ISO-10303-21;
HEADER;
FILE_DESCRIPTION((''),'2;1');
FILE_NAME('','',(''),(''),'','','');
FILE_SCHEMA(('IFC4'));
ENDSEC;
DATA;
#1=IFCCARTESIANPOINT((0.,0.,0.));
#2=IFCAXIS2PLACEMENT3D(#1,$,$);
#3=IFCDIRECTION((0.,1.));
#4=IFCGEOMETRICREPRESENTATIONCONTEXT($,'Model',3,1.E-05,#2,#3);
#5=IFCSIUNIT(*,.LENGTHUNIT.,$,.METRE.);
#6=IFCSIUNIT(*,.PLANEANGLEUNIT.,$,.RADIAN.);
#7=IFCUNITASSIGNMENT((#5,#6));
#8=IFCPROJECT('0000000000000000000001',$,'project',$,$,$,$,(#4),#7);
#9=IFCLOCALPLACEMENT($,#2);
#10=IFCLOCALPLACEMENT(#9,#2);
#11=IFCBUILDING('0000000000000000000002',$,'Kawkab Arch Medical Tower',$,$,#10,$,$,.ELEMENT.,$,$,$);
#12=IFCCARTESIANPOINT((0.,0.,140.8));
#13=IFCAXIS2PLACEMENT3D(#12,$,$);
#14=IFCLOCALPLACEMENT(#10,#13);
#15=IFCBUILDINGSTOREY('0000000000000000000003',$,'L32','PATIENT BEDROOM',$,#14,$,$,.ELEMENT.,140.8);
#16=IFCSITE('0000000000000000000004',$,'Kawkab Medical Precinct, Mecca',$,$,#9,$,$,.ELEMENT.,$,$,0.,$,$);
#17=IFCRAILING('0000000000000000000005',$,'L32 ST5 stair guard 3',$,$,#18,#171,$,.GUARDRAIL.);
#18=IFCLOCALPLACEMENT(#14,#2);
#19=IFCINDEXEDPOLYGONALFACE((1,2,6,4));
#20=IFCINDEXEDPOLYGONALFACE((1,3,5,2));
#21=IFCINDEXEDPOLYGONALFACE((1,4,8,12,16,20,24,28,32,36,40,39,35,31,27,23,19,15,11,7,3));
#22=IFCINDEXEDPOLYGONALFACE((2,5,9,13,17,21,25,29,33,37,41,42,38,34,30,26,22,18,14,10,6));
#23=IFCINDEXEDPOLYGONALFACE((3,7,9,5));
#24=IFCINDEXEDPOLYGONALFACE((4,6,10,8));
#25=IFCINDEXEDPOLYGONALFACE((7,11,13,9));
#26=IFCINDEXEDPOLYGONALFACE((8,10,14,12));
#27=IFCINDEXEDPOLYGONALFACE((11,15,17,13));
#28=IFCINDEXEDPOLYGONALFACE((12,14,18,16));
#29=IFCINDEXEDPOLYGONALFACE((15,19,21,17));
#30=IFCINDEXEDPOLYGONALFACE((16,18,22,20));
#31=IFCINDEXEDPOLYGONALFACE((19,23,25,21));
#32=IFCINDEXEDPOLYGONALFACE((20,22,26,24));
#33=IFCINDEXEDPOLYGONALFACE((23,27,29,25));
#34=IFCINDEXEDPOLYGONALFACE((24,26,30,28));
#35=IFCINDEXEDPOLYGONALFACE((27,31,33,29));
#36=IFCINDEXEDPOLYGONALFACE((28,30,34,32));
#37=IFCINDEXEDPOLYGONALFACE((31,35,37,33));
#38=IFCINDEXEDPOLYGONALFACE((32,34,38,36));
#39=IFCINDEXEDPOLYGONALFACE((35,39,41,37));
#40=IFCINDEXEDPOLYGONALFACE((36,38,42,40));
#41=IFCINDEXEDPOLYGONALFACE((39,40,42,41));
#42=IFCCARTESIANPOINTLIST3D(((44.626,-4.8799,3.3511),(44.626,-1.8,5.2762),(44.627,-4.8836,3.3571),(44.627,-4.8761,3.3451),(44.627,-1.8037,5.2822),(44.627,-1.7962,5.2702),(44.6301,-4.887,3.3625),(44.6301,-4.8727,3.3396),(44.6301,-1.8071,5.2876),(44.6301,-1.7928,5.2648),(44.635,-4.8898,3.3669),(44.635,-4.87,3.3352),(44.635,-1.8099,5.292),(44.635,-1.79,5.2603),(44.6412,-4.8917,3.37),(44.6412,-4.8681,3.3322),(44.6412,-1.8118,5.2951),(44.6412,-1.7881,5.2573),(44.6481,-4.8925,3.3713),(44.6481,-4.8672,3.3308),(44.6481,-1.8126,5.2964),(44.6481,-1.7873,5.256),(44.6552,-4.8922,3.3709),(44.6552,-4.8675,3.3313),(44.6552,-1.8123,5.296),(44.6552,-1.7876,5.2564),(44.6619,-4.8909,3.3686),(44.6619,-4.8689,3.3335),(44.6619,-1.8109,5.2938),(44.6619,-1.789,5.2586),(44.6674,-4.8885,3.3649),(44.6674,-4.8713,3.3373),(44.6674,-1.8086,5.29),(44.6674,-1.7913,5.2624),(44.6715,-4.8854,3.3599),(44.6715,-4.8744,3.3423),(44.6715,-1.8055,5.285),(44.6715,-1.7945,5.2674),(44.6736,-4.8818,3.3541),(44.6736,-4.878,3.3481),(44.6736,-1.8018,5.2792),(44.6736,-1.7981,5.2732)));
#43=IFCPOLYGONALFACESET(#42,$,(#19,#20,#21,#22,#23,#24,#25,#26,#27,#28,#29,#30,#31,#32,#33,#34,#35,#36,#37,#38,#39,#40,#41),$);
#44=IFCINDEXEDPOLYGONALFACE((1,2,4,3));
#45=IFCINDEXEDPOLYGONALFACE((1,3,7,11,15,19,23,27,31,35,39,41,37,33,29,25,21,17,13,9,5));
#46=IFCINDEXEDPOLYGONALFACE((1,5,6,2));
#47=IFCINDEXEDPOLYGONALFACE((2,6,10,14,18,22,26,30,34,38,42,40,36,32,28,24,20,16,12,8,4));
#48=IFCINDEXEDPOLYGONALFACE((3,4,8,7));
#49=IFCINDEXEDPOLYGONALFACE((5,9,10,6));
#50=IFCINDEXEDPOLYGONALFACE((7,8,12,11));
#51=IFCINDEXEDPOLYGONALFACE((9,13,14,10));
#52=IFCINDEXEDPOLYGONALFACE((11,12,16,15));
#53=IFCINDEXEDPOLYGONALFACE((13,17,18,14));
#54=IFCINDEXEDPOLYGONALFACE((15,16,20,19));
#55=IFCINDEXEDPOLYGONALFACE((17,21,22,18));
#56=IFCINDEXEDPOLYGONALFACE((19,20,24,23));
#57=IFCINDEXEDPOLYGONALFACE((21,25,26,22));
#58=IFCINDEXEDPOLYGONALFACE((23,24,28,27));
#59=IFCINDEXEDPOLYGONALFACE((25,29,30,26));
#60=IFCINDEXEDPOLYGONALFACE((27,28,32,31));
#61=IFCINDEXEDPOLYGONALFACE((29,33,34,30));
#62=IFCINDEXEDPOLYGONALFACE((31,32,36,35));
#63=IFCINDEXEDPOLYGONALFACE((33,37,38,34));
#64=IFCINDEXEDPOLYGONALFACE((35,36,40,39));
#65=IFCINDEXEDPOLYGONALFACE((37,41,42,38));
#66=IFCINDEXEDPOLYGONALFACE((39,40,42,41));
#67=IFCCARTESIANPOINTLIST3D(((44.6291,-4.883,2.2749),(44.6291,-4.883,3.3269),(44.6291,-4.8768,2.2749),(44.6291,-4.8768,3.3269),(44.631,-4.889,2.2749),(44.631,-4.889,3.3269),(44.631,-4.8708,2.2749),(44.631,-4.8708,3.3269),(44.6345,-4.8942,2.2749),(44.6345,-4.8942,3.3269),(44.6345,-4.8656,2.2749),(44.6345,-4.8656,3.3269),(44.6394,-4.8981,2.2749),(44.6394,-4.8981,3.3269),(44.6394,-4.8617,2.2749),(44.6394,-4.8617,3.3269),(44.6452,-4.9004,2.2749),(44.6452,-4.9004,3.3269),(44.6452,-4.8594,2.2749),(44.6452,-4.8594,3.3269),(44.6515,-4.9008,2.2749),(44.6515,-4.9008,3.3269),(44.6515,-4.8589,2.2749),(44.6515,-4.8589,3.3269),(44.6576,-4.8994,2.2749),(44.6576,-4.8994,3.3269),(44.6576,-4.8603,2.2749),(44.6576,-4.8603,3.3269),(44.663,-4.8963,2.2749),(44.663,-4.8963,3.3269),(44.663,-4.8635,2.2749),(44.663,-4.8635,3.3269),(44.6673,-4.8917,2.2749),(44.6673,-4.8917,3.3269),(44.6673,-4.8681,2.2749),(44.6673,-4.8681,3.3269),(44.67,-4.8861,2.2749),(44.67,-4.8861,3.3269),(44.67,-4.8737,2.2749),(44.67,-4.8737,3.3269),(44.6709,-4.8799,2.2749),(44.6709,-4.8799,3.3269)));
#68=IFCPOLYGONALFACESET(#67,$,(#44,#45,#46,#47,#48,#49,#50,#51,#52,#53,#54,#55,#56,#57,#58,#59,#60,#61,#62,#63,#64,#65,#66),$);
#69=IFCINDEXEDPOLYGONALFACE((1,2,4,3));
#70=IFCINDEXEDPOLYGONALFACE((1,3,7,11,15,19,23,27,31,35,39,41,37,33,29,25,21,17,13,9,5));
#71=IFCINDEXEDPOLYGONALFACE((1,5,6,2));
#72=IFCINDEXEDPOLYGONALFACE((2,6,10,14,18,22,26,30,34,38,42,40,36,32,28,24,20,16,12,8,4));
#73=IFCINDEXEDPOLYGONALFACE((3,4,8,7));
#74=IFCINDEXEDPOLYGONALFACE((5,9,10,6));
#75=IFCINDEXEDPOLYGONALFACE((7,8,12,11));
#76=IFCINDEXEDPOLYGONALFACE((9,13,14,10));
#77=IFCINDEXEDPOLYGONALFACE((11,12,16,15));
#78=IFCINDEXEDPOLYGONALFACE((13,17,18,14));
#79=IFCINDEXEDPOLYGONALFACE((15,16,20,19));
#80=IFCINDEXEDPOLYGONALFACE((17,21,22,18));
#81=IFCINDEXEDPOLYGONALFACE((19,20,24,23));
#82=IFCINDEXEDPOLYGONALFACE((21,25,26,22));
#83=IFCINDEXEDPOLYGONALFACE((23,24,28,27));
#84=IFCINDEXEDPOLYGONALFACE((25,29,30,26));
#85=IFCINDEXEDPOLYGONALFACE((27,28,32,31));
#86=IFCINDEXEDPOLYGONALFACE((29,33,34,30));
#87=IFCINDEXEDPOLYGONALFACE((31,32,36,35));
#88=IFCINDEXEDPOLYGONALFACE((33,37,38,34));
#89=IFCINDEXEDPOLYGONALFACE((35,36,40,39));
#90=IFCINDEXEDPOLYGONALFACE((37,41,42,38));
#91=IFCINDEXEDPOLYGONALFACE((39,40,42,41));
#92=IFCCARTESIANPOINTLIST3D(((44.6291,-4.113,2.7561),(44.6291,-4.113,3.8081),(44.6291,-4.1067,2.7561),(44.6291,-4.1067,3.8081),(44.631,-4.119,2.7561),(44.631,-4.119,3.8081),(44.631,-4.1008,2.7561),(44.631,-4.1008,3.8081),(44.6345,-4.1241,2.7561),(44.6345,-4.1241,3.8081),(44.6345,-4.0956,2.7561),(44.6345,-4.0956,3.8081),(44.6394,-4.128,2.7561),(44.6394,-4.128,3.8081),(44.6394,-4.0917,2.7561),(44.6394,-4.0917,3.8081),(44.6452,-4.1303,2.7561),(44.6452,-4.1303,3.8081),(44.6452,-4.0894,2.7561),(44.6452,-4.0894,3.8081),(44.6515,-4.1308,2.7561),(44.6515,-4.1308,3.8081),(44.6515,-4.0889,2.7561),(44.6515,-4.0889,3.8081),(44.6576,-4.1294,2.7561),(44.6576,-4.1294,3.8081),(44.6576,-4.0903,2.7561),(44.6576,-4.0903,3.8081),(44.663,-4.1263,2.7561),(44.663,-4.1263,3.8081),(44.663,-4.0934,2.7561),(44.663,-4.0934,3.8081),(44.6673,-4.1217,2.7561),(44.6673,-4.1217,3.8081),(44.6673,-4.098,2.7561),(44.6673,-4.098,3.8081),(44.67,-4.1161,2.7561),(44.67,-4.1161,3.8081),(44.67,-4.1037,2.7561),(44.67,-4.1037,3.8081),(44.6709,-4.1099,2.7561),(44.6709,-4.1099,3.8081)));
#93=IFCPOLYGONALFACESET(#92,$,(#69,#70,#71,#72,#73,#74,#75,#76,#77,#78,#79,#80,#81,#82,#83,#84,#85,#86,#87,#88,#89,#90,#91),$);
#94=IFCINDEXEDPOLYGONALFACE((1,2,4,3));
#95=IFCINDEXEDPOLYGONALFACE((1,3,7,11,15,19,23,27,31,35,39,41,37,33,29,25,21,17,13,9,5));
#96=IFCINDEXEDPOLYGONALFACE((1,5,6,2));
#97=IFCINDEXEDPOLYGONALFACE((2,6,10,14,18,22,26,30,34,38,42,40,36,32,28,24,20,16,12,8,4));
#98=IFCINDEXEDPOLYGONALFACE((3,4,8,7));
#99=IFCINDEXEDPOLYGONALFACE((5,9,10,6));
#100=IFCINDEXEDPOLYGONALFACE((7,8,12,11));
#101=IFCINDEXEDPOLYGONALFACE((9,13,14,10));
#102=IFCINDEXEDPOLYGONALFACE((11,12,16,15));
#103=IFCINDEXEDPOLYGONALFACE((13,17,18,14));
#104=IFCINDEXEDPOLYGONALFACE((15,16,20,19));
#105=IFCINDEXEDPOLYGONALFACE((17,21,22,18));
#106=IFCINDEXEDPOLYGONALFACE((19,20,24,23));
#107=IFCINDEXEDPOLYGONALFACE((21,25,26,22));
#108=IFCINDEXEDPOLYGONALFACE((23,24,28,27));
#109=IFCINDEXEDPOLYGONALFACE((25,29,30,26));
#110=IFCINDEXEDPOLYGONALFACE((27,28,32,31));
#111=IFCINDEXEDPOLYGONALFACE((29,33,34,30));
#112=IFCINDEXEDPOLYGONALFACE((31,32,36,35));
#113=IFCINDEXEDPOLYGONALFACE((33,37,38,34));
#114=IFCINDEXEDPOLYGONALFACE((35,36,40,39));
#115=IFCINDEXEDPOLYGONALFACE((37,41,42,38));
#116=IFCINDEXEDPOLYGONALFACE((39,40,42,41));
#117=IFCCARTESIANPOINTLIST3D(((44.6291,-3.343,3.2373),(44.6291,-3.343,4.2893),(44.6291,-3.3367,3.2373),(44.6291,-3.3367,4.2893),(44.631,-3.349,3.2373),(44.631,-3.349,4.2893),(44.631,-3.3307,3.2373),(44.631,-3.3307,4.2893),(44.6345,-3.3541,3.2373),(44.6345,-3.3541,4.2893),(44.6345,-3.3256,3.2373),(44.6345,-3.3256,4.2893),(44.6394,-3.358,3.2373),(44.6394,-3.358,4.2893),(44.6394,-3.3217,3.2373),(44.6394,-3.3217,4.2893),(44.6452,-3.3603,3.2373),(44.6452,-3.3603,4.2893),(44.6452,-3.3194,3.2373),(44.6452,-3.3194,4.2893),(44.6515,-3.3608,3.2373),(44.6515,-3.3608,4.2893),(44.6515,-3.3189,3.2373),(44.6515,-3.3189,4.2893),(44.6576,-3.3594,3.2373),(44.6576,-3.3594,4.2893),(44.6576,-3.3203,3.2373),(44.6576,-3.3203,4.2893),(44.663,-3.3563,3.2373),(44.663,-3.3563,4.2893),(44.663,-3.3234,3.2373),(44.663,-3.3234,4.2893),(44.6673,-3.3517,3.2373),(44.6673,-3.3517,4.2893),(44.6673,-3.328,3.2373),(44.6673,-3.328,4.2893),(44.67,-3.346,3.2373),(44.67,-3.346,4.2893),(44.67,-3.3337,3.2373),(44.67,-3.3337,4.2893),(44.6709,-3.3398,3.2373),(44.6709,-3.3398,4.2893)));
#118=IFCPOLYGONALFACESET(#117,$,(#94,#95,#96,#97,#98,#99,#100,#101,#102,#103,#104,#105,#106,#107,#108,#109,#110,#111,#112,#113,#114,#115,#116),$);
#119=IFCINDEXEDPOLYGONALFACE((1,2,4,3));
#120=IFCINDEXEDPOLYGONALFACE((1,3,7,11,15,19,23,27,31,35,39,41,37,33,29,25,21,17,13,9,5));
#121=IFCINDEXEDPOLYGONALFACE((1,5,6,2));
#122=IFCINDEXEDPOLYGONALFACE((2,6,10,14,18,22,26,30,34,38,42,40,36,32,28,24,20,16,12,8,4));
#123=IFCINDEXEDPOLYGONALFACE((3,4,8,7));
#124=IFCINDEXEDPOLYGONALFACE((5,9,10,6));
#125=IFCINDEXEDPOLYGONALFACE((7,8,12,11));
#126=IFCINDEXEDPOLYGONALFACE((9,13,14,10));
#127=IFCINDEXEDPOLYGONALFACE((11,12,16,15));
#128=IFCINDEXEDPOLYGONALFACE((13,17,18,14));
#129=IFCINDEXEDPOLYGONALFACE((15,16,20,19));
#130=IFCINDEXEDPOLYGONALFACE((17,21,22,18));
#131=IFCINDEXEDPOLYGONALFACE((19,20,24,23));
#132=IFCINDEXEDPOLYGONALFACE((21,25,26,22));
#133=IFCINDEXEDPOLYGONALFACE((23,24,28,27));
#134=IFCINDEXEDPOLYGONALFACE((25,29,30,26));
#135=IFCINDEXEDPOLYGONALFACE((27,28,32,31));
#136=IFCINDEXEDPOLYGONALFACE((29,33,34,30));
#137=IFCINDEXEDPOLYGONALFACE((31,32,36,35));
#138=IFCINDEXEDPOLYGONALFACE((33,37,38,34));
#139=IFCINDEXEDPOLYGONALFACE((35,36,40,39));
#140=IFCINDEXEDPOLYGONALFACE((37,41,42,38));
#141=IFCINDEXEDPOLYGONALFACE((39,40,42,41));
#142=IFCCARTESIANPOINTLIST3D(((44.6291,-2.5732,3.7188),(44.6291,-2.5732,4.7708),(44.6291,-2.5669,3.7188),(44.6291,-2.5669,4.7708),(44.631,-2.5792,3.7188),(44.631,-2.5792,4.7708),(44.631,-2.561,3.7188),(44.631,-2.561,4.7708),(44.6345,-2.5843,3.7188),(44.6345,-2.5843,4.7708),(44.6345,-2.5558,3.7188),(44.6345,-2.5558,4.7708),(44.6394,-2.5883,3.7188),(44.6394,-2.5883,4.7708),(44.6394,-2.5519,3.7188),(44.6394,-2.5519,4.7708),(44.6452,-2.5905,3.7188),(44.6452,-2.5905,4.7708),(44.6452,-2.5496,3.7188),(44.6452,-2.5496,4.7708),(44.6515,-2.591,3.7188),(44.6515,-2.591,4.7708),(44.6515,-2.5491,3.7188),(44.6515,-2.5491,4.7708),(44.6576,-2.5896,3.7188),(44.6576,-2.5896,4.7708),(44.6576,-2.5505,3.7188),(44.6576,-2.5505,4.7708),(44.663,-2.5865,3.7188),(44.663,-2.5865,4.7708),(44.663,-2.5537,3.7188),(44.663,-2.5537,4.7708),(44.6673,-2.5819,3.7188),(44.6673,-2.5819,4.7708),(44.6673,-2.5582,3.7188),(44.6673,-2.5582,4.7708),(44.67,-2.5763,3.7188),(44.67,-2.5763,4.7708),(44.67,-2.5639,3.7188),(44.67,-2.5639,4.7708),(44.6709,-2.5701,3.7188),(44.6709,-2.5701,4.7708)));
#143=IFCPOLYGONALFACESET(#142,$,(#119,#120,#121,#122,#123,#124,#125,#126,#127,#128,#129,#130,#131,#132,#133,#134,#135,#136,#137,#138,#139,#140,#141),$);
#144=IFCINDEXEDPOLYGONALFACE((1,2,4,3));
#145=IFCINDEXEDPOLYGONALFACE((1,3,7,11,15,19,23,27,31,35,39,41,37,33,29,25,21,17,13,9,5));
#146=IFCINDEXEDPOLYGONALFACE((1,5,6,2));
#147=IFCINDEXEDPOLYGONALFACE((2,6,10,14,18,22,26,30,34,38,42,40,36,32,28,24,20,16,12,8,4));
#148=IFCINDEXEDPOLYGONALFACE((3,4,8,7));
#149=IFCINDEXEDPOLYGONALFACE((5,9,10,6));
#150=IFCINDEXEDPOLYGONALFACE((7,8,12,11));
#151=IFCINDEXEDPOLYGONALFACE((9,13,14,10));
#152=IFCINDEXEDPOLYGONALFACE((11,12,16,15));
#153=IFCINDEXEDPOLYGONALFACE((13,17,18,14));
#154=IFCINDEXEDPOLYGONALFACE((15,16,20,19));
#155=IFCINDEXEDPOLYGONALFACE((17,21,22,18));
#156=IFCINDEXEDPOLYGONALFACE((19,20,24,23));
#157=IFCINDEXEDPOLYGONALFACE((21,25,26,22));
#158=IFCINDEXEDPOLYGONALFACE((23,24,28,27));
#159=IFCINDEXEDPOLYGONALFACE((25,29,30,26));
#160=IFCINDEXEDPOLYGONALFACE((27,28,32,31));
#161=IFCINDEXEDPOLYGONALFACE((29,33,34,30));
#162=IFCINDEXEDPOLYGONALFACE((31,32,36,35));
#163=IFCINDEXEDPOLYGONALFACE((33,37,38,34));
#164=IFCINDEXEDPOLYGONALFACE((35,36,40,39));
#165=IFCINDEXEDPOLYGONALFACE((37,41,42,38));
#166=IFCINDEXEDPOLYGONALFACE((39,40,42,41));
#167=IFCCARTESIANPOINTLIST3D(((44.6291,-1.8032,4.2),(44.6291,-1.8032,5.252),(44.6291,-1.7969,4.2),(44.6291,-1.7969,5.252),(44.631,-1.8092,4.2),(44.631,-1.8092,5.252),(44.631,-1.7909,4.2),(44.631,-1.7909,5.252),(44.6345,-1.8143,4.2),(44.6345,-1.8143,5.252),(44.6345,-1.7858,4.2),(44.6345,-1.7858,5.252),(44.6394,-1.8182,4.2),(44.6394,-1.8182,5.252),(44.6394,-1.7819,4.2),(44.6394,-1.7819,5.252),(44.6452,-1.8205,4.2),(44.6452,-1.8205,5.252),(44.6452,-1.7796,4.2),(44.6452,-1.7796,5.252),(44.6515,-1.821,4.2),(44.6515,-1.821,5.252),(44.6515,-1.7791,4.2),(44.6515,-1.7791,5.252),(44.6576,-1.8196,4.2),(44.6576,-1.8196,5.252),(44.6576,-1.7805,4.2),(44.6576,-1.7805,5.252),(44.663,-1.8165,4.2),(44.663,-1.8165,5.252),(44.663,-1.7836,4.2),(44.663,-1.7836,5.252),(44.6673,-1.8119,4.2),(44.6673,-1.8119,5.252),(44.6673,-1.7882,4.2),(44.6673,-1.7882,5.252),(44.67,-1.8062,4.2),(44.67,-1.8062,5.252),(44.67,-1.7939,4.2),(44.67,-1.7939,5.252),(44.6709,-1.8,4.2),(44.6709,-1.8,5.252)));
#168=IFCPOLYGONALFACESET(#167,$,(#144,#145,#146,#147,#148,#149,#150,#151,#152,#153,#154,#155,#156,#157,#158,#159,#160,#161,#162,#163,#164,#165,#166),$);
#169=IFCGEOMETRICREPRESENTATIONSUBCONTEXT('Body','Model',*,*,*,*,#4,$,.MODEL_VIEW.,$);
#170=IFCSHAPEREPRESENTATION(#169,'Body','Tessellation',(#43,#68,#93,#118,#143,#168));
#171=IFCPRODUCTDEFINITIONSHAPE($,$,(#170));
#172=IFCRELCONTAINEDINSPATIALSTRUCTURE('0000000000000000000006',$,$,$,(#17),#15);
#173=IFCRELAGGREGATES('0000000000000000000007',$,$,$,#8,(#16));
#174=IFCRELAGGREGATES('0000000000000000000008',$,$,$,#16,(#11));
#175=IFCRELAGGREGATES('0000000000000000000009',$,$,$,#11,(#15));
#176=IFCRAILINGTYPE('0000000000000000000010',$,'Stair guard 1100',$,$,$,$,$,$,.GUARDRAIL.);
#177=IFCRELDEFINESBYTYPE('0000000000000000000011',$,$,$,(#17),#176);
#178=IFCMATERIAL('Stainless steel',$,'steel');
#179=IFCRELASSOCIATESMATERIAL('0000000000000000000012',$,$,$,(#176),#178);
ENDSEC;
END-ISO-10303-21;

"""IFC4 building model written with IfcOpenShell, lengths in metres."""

from ifc_helpers import new_model, si_unit, direction, frame, origin, origin_2d, place, context, subcontext, project, spatial, circle, extrude, material, type_object, element, save


model = new_model("IFC4")

# Units and contexts
model_context = context("Model", 3, precision=1e-05, world=origin(), true_north=direction((0.0, 1.0)))
body_context = subcontext(model_context, "Body", "Model", "MODEL_VIEW")
ifc_project = project(units=[si_unit("LENGTHUNIT", "METRE"), si_unit("PLANEANGLEUNIT", "RADIAN")], contexts=[model_context])

# Site, building, storey
site_placement = place(None, origin())
site = spatial("IfcSite", under=ifc_project, at=site_placement, Name="Kawkab Medical Precinct, Mecca", CompositionType="ELEMENT", RefElevation=0.0)
building_placement = place(site_placement, origin())
building = spatial("IfcBuilding", under=site, at=building_placement, Name="Kawkab Arch Medical Tower", CompositionType="ELEMENT")
storey_placement = place(building_placement, frame((0.0, 0.0, 140.8)))
storey = spatial("IfcBuildingStorey", under=building, at=storey_placement, Name="L32", Description="PATIENT BEDROOM", CompositionType="ELEMENT", Elevation=140.8)

# Railing
ifc_material_1 = material(Name="Stainless steel", Category="steel")
railing_type = type_object("IfcRailingType", Name="Stair guard 1100", PredefinedType="GUARDRAIL", material=ifc_material_1)
railing_1_placement = place(storey_placement, frame((44.6499, -4.8799, 2.2749)))
element("IfcRailing", 1, at=railing_1_placement, inside=storey, type_object=railing_type, Name="L32 ST5 stair guard 3", PredefinedType="GUARDRAIL", context=body_context, shape_type="SweptSolid", body=[
    extrude(circle(Radius=0.0239, at=origin_2d()), frame((0.0, 0.0, 1.0762), z_axis=(0.0, 0.847979, 0.530029), x_axis=(-1.0, 0.0, 0.0)), (0.0, 0.0, 1.0), 3.6321),
    extrude(circle(Radius=0.021, at=origin_2d()), origin(), (0.0, 0.0, 1.0), 1.052),
    extrude(circle(Radius=0.021, at=origin_2d()), frame((0.0, 0.77, 0.4812)), (0.0, 0.0, 1.0), 1.052),
    extrude(circle(Radius=0.021, at=origin_2d()), frame((0.0, 1.54, 0.9624)), (0.0, 0.0, 1.0), 1.052),
    extrude(circle(Radius=0.021, at=origin_2d()), frame((0.0, 2.3098, 1.4438)), (0.0, 0.0, 1.0), 1.052),
    extrude(circle(Radius=0.021, at=origin_2d()), frame((0.0, 3.0798, 1.925)), (0.0, 0.0, 1.0), 1.052),
])

save(model, "model.ifc")
